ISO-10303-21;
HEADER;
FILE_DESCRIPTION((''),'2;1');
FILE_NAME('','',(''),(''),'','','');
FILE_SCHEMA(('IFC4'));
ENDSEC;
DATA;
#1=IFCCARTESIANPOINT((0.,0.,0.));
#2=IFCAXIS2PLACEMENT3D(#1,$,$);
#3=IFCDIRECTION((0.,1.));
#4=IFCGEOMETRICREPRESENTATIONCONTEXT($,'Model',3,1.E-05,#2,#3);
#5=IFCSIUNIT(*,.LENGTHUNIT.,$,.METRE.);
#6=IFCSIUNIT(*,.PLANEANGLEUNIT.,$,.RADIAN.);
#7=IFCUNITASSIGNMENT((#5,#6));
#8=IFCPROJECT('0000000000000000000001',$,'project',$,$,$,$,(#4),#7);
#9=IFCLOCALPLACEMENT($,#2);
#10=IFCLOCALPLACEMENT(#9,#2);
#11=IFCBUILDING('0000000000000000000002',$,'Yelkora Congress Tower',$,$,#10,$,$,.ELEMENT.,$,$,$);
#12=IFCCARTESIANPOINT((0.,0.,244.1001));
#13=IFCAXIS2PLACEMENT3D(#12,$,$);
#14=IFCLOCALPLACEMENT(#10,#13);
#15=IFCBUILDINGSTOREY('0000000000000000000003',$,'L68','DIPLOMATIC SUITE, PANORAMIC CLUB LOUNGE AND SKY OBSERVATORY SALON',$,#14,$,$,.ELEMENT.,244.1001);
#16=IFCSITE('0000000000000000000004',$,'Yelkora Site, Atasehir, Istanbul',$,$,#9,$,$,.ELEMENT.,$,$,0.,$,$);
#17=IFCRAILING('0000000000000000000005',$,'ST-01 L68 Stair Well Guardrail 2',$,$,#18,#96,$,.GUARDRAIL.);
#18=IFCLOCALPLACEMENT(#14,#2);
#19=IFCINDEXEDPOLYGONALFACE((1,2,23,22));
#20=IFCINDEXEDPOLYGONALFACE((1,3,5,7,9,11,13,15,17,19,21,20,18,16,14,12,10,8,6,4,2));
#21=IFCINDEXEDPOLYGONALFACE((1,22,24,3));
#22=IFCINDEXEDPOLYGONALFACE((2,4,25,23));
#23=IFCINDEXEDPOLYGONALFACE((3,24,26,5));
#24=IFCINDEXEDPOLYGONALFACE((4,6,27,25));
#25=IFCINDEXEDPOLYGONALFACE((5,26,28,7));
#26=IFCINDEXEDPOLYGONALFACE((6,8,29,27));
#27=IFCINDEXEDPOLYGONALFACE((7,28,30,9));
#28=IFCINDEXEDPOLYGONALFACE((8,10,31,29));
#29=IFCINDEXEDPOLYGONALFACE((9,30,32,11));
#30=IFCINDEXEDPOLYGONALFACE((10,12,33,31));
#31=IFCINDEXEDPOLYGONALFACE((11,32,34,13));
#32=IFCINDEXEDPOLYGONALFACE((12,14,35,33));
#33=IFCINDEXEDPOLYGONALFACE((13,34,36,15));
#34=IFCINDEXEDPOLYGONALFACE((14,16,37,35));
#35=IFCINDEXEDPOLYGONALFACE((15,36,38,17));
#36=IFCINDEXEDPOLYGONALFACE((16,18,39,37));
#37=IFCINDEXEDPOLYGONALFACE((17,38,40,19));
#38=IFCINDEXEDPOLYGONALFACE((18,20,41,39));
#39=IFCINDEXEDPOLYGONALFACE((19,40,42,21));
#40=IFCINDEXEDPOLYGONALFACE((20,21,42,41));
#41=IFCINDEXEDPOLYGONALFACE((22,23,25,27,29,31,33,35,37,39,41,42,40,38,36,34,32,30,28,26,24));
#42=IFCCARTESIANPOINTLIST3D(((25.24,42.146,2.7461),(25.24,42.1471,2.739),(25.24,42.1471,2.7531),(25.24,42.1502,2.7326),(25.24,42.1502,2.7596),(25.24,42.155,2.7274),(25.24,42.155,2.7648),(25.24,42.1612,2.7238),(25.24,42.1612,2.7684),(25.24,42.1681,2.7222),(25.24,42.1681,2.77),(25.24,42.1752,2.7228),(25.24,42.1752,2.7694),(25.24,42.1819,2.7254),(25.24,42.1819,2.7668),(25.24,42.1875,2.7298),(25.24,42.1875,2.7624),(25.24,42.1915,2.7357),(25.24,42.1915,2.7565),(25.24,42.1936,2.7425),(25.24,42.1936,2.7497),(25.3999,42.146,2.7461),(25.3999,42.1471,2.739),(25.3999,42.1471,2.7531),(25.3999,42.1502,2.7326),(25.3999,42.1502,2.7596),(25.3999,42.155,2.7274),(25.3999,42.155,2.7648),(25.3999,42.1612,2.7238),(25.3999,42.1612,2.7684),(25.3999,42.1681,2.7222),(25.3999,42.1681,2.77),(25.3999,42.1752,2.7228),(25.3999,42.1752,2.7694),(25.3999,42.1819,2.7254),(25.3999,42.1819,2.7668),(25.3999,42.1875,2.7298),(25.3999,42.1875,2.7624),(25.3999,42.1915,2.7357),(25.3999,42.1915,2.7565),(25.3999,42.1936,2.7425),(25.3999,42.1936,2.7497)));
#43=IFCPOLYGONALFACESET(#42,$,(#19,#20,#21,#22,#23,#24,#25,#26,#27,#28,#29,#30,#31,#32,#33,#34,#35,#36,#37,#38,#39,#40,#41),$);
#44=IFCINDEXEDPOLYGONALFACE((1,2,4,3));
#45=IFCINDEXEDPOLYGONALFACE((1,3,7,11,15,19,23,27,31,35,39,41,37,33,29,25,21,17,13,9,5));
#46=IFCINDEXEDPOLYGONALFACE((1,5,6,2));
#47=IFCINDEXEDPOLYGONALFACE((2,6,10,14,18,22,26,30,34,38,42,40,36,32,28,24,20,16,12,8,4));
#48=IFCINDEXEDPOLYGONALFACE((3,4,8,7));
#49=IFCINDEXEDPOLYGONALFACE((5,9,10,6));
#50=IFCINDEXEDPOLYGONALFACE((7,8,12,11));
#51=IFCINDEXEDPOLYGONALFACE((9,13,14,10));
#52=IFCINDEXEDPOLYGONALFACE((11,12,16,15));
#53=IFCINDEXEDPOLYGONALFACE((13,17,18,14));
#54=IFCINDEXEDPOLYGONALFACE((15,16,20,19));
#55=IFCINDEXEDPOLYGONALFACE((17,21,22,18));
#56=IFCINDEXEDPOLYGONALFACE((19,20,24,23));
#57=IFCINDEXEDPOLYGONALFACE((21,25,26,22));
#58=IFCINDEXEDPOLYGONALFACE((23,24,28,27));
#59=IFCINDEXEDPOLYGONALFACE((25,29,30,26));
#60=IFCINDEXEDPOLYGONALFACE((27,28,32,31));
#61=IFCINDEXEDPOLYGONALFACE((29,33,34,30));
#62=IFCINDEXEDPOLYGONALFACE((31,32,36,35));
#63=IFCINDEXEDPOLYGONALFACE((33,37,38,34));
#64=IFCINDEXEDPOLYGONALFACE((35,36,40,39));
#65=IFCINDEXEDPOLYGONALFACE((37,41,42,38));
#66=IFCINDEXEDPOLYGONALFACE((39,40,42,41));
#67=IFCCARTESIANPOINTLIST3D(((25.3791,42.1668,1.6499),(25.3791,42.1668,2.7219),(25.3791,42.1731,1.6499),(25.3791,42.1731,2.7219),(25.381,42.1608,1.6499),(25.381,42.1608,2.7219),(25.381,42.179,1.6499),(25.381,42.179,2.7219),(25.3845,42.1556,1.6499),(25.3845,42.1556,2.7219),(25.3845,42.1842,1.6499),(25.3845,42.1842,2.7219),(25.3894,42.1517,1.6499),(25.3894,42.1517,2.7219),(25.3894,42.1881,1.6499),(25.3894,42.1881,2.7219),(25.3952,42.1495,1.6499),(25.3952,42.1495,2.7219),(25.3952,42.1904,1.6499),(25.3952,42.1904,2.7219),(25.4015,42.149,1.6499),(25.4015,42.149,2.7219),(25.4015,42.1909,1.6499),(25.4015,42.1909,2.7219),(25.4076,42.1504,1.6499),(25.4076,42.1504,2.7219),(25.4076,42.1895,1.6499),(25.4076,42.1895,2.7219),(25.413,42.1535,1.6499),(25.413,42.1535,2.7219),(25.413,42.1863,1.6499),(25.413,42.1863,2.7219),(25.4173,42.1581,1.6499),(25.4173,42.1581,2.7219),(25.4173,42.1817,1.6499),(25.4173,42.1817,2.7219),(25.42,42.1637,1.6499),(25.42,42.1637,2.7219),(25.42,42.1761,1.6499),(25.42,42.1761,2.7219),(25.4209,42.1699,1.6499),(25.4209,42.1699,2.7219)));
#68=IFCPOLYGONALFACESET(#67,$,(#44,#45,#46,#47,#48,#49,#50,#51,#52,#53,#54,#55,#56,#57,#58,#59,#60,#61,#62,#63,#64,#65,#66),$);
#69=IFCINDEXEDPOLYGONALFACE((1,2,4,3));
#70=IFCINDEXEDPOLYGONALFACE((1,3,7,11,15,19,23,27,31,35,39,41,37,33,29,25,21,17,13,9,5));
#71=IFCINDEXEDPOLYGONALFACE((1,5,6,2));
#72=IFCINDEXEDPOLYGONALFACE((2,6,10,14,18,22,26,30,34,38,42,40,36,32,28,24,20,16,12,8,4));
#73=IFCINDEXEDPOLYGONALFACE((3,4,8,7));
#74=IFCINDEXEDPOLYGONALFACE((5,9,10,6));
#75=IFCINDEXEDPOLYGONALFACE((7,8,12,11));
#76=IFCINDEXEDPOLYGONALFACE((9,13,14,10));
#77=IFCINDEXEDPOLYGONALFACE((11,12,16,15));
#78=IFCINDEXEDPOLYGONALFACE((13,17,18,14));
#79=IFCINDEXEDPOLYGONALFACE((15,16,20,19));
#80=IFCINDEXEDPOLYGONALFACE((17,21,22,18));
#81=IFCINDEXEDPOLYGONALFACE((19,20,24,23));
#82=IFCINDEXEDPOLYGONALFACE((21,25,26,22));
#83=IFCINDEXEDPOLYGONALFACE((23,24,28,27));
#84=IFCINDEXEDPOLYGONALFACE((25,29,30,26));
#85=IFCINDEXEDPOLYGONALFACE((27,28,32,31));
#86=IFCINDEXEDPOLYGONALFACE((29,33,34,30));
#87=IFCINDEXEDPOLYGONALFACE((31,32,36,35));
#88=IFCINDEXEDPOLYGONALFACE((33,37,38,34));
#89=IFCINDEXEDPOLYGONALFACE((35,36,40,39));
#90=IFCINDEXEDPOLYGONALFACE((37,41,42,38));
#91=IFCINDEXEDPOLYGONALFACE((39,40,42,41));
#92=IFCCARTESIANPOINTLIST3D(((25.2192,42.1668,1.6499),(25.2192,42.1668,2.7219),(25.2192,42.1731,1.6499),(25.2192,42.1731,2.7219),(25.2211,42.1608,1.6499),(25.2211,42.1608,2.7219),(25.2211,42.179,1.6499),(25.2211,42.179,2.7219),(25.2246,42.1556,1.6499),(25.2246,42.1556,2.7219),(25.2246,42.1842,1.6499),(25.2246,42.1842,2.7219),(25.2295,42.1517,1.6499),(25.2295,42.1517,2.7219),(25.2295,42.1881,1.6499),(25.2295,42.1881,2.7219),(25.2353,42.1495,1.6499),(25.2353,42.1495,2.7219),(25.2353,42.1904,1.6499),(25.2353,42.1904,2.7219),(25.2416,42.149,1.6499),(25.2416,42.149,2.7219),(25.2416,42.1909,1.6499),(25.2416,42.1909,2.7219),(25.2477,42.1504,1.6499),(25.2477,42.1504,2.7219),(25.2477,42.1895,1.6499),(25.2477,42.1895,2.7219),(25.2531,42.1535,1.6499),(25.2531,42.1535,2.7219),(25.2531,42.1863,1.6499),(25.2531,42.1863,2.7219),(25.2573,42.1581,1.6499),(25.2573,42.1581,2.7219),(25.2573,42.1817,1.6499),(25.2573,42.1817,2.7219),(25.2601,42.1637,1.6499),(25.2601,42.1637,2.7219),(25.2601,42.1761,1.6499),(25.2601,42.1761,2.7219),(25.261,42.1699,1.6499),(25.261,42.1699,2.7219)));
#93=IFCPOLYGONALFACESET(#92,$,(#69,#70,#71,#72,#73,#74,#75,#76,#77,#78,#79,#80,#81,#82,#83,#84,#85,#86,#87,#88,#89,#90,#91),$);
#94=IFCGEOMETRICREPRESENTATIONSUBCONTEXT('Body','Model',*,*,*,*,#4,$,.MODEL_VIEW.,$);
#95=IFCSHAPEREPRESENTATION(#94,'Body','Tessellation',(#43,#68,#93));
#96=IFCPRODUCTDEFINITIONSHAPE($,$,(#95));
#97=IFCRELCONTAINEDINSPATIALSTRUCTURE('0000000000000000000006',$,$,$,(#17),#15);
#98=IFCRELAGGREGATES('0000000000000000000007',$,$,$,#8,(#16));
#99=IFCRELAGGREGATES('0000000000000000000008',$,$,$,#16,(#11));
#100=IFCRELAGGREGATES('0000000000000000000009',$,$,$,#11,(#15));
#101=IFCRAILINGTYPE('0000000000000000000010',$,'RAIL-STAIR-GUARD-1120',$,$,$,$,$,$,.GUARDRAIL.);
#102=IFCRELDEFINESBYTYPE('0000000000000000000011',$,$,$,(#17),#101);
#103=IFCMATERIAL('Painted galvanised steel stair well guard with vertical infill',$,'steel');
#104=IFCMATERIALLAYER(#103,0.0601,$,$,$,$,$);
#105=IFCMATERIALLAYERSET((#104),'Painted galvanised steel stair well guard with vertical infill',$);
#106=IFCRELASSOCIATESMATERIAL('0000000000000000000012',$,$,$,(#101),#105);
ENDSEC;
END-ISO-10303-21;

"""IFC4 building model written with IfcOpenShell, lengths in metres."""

from ifc_helpers import new_model, si_unit, direction, frame, origin, origin_2d, place, context, subcontext, project, spatial, circle, extrude, material, layer, layer_set, type_object, element, save


model = new_model("IFC4")

# Units and contexts
model_context = context("Model", 3, precision=1e-05, world=origin(), true_north=direction((0.0, 1.0)))
body_context = subcontext(model_context, "Body", "Model", "MODEL_VIEW")
ifc_project = project(units=[si_unit("LENGTHUNIT", "METRE"), si_unit("PLANEANGLEUNIT", "RADIAN")], contexts=[model_context])

# Site, building, storey
site_placement = place(None, origin())
site = spatial("IfcSite", under=ifc_project, at=site_placement, Name="Yelkora Site, Atasehir, Istanbul", CompositionType="ELEMENT", RefElevation=0.0)
building_placement = place(site_placement, origin())
building = spatial("IfcBuilding", under=site, at=building_placement, Name="Yelkora Congress Tower", CompositionType="ELEMENT")
storey_placement = place(building_placement, frame((0.0, 0.0, 244.1001)))
storey = spatial("IfcBuildingStorey", under=building, at=storey_placement, Name="L68", Description="DIPLOMATIC SUITE, PANORAMIC CLUB LOUNGE AND SKY OBSERVATORY SALON", CompositionType="ELEMENT", Elevation=244.1001)

# Railing
ifc_material_1 = material(Name="Painted galvanised steel stair well guard with vertical infill", Category="steel")
ifc_layer_1 = layer(ifc_material_1, 0.0601)
ifc_layer_set_1 = layer_set([ifc_layer_1], Name="Painted galvanised steel stair well guard with vertical infill")
railing_type = type_object("IfcRailingType", Name="RAIL-STAIR-GUARD-1120", PredefinedType="GUARDRAIL", material=ifc_layer_set_1)
railing_1_placement = place(storey_placement, frame((25.3999, 42.1699, 1.6499)))
element("IfcRailing", 1, at=railing_1_placement, inside=storey, type_object=railing_type, Name="ST-01 L68 Stair Well Guardrail 2", PredefinedType="GUARDRAIL", context=body_context, shape_type="SweptSolid", body=[
    extrude(circle(Radius=0.0239, at=origin_2d()), frame((0.0, 0.0, 1.0962), z_axis=(-1.0, 0.0, 0.0), x_axis=(0.0, -1.0, 0.0)), (0.0, 0.0, 1.0), 0.1599),
    extrude(circle(Radius=0.021, at=origin_2d()), origin(), (0.0, 0.0, 1.0), 1.072),
    extrude(circle(Radius=0.021, at=origin_2d()), frame((-0.1599, 0.0, 0.0)), (0.0, 0.0, 1.0), 1.072),
])

save(model, "model.ifc")
